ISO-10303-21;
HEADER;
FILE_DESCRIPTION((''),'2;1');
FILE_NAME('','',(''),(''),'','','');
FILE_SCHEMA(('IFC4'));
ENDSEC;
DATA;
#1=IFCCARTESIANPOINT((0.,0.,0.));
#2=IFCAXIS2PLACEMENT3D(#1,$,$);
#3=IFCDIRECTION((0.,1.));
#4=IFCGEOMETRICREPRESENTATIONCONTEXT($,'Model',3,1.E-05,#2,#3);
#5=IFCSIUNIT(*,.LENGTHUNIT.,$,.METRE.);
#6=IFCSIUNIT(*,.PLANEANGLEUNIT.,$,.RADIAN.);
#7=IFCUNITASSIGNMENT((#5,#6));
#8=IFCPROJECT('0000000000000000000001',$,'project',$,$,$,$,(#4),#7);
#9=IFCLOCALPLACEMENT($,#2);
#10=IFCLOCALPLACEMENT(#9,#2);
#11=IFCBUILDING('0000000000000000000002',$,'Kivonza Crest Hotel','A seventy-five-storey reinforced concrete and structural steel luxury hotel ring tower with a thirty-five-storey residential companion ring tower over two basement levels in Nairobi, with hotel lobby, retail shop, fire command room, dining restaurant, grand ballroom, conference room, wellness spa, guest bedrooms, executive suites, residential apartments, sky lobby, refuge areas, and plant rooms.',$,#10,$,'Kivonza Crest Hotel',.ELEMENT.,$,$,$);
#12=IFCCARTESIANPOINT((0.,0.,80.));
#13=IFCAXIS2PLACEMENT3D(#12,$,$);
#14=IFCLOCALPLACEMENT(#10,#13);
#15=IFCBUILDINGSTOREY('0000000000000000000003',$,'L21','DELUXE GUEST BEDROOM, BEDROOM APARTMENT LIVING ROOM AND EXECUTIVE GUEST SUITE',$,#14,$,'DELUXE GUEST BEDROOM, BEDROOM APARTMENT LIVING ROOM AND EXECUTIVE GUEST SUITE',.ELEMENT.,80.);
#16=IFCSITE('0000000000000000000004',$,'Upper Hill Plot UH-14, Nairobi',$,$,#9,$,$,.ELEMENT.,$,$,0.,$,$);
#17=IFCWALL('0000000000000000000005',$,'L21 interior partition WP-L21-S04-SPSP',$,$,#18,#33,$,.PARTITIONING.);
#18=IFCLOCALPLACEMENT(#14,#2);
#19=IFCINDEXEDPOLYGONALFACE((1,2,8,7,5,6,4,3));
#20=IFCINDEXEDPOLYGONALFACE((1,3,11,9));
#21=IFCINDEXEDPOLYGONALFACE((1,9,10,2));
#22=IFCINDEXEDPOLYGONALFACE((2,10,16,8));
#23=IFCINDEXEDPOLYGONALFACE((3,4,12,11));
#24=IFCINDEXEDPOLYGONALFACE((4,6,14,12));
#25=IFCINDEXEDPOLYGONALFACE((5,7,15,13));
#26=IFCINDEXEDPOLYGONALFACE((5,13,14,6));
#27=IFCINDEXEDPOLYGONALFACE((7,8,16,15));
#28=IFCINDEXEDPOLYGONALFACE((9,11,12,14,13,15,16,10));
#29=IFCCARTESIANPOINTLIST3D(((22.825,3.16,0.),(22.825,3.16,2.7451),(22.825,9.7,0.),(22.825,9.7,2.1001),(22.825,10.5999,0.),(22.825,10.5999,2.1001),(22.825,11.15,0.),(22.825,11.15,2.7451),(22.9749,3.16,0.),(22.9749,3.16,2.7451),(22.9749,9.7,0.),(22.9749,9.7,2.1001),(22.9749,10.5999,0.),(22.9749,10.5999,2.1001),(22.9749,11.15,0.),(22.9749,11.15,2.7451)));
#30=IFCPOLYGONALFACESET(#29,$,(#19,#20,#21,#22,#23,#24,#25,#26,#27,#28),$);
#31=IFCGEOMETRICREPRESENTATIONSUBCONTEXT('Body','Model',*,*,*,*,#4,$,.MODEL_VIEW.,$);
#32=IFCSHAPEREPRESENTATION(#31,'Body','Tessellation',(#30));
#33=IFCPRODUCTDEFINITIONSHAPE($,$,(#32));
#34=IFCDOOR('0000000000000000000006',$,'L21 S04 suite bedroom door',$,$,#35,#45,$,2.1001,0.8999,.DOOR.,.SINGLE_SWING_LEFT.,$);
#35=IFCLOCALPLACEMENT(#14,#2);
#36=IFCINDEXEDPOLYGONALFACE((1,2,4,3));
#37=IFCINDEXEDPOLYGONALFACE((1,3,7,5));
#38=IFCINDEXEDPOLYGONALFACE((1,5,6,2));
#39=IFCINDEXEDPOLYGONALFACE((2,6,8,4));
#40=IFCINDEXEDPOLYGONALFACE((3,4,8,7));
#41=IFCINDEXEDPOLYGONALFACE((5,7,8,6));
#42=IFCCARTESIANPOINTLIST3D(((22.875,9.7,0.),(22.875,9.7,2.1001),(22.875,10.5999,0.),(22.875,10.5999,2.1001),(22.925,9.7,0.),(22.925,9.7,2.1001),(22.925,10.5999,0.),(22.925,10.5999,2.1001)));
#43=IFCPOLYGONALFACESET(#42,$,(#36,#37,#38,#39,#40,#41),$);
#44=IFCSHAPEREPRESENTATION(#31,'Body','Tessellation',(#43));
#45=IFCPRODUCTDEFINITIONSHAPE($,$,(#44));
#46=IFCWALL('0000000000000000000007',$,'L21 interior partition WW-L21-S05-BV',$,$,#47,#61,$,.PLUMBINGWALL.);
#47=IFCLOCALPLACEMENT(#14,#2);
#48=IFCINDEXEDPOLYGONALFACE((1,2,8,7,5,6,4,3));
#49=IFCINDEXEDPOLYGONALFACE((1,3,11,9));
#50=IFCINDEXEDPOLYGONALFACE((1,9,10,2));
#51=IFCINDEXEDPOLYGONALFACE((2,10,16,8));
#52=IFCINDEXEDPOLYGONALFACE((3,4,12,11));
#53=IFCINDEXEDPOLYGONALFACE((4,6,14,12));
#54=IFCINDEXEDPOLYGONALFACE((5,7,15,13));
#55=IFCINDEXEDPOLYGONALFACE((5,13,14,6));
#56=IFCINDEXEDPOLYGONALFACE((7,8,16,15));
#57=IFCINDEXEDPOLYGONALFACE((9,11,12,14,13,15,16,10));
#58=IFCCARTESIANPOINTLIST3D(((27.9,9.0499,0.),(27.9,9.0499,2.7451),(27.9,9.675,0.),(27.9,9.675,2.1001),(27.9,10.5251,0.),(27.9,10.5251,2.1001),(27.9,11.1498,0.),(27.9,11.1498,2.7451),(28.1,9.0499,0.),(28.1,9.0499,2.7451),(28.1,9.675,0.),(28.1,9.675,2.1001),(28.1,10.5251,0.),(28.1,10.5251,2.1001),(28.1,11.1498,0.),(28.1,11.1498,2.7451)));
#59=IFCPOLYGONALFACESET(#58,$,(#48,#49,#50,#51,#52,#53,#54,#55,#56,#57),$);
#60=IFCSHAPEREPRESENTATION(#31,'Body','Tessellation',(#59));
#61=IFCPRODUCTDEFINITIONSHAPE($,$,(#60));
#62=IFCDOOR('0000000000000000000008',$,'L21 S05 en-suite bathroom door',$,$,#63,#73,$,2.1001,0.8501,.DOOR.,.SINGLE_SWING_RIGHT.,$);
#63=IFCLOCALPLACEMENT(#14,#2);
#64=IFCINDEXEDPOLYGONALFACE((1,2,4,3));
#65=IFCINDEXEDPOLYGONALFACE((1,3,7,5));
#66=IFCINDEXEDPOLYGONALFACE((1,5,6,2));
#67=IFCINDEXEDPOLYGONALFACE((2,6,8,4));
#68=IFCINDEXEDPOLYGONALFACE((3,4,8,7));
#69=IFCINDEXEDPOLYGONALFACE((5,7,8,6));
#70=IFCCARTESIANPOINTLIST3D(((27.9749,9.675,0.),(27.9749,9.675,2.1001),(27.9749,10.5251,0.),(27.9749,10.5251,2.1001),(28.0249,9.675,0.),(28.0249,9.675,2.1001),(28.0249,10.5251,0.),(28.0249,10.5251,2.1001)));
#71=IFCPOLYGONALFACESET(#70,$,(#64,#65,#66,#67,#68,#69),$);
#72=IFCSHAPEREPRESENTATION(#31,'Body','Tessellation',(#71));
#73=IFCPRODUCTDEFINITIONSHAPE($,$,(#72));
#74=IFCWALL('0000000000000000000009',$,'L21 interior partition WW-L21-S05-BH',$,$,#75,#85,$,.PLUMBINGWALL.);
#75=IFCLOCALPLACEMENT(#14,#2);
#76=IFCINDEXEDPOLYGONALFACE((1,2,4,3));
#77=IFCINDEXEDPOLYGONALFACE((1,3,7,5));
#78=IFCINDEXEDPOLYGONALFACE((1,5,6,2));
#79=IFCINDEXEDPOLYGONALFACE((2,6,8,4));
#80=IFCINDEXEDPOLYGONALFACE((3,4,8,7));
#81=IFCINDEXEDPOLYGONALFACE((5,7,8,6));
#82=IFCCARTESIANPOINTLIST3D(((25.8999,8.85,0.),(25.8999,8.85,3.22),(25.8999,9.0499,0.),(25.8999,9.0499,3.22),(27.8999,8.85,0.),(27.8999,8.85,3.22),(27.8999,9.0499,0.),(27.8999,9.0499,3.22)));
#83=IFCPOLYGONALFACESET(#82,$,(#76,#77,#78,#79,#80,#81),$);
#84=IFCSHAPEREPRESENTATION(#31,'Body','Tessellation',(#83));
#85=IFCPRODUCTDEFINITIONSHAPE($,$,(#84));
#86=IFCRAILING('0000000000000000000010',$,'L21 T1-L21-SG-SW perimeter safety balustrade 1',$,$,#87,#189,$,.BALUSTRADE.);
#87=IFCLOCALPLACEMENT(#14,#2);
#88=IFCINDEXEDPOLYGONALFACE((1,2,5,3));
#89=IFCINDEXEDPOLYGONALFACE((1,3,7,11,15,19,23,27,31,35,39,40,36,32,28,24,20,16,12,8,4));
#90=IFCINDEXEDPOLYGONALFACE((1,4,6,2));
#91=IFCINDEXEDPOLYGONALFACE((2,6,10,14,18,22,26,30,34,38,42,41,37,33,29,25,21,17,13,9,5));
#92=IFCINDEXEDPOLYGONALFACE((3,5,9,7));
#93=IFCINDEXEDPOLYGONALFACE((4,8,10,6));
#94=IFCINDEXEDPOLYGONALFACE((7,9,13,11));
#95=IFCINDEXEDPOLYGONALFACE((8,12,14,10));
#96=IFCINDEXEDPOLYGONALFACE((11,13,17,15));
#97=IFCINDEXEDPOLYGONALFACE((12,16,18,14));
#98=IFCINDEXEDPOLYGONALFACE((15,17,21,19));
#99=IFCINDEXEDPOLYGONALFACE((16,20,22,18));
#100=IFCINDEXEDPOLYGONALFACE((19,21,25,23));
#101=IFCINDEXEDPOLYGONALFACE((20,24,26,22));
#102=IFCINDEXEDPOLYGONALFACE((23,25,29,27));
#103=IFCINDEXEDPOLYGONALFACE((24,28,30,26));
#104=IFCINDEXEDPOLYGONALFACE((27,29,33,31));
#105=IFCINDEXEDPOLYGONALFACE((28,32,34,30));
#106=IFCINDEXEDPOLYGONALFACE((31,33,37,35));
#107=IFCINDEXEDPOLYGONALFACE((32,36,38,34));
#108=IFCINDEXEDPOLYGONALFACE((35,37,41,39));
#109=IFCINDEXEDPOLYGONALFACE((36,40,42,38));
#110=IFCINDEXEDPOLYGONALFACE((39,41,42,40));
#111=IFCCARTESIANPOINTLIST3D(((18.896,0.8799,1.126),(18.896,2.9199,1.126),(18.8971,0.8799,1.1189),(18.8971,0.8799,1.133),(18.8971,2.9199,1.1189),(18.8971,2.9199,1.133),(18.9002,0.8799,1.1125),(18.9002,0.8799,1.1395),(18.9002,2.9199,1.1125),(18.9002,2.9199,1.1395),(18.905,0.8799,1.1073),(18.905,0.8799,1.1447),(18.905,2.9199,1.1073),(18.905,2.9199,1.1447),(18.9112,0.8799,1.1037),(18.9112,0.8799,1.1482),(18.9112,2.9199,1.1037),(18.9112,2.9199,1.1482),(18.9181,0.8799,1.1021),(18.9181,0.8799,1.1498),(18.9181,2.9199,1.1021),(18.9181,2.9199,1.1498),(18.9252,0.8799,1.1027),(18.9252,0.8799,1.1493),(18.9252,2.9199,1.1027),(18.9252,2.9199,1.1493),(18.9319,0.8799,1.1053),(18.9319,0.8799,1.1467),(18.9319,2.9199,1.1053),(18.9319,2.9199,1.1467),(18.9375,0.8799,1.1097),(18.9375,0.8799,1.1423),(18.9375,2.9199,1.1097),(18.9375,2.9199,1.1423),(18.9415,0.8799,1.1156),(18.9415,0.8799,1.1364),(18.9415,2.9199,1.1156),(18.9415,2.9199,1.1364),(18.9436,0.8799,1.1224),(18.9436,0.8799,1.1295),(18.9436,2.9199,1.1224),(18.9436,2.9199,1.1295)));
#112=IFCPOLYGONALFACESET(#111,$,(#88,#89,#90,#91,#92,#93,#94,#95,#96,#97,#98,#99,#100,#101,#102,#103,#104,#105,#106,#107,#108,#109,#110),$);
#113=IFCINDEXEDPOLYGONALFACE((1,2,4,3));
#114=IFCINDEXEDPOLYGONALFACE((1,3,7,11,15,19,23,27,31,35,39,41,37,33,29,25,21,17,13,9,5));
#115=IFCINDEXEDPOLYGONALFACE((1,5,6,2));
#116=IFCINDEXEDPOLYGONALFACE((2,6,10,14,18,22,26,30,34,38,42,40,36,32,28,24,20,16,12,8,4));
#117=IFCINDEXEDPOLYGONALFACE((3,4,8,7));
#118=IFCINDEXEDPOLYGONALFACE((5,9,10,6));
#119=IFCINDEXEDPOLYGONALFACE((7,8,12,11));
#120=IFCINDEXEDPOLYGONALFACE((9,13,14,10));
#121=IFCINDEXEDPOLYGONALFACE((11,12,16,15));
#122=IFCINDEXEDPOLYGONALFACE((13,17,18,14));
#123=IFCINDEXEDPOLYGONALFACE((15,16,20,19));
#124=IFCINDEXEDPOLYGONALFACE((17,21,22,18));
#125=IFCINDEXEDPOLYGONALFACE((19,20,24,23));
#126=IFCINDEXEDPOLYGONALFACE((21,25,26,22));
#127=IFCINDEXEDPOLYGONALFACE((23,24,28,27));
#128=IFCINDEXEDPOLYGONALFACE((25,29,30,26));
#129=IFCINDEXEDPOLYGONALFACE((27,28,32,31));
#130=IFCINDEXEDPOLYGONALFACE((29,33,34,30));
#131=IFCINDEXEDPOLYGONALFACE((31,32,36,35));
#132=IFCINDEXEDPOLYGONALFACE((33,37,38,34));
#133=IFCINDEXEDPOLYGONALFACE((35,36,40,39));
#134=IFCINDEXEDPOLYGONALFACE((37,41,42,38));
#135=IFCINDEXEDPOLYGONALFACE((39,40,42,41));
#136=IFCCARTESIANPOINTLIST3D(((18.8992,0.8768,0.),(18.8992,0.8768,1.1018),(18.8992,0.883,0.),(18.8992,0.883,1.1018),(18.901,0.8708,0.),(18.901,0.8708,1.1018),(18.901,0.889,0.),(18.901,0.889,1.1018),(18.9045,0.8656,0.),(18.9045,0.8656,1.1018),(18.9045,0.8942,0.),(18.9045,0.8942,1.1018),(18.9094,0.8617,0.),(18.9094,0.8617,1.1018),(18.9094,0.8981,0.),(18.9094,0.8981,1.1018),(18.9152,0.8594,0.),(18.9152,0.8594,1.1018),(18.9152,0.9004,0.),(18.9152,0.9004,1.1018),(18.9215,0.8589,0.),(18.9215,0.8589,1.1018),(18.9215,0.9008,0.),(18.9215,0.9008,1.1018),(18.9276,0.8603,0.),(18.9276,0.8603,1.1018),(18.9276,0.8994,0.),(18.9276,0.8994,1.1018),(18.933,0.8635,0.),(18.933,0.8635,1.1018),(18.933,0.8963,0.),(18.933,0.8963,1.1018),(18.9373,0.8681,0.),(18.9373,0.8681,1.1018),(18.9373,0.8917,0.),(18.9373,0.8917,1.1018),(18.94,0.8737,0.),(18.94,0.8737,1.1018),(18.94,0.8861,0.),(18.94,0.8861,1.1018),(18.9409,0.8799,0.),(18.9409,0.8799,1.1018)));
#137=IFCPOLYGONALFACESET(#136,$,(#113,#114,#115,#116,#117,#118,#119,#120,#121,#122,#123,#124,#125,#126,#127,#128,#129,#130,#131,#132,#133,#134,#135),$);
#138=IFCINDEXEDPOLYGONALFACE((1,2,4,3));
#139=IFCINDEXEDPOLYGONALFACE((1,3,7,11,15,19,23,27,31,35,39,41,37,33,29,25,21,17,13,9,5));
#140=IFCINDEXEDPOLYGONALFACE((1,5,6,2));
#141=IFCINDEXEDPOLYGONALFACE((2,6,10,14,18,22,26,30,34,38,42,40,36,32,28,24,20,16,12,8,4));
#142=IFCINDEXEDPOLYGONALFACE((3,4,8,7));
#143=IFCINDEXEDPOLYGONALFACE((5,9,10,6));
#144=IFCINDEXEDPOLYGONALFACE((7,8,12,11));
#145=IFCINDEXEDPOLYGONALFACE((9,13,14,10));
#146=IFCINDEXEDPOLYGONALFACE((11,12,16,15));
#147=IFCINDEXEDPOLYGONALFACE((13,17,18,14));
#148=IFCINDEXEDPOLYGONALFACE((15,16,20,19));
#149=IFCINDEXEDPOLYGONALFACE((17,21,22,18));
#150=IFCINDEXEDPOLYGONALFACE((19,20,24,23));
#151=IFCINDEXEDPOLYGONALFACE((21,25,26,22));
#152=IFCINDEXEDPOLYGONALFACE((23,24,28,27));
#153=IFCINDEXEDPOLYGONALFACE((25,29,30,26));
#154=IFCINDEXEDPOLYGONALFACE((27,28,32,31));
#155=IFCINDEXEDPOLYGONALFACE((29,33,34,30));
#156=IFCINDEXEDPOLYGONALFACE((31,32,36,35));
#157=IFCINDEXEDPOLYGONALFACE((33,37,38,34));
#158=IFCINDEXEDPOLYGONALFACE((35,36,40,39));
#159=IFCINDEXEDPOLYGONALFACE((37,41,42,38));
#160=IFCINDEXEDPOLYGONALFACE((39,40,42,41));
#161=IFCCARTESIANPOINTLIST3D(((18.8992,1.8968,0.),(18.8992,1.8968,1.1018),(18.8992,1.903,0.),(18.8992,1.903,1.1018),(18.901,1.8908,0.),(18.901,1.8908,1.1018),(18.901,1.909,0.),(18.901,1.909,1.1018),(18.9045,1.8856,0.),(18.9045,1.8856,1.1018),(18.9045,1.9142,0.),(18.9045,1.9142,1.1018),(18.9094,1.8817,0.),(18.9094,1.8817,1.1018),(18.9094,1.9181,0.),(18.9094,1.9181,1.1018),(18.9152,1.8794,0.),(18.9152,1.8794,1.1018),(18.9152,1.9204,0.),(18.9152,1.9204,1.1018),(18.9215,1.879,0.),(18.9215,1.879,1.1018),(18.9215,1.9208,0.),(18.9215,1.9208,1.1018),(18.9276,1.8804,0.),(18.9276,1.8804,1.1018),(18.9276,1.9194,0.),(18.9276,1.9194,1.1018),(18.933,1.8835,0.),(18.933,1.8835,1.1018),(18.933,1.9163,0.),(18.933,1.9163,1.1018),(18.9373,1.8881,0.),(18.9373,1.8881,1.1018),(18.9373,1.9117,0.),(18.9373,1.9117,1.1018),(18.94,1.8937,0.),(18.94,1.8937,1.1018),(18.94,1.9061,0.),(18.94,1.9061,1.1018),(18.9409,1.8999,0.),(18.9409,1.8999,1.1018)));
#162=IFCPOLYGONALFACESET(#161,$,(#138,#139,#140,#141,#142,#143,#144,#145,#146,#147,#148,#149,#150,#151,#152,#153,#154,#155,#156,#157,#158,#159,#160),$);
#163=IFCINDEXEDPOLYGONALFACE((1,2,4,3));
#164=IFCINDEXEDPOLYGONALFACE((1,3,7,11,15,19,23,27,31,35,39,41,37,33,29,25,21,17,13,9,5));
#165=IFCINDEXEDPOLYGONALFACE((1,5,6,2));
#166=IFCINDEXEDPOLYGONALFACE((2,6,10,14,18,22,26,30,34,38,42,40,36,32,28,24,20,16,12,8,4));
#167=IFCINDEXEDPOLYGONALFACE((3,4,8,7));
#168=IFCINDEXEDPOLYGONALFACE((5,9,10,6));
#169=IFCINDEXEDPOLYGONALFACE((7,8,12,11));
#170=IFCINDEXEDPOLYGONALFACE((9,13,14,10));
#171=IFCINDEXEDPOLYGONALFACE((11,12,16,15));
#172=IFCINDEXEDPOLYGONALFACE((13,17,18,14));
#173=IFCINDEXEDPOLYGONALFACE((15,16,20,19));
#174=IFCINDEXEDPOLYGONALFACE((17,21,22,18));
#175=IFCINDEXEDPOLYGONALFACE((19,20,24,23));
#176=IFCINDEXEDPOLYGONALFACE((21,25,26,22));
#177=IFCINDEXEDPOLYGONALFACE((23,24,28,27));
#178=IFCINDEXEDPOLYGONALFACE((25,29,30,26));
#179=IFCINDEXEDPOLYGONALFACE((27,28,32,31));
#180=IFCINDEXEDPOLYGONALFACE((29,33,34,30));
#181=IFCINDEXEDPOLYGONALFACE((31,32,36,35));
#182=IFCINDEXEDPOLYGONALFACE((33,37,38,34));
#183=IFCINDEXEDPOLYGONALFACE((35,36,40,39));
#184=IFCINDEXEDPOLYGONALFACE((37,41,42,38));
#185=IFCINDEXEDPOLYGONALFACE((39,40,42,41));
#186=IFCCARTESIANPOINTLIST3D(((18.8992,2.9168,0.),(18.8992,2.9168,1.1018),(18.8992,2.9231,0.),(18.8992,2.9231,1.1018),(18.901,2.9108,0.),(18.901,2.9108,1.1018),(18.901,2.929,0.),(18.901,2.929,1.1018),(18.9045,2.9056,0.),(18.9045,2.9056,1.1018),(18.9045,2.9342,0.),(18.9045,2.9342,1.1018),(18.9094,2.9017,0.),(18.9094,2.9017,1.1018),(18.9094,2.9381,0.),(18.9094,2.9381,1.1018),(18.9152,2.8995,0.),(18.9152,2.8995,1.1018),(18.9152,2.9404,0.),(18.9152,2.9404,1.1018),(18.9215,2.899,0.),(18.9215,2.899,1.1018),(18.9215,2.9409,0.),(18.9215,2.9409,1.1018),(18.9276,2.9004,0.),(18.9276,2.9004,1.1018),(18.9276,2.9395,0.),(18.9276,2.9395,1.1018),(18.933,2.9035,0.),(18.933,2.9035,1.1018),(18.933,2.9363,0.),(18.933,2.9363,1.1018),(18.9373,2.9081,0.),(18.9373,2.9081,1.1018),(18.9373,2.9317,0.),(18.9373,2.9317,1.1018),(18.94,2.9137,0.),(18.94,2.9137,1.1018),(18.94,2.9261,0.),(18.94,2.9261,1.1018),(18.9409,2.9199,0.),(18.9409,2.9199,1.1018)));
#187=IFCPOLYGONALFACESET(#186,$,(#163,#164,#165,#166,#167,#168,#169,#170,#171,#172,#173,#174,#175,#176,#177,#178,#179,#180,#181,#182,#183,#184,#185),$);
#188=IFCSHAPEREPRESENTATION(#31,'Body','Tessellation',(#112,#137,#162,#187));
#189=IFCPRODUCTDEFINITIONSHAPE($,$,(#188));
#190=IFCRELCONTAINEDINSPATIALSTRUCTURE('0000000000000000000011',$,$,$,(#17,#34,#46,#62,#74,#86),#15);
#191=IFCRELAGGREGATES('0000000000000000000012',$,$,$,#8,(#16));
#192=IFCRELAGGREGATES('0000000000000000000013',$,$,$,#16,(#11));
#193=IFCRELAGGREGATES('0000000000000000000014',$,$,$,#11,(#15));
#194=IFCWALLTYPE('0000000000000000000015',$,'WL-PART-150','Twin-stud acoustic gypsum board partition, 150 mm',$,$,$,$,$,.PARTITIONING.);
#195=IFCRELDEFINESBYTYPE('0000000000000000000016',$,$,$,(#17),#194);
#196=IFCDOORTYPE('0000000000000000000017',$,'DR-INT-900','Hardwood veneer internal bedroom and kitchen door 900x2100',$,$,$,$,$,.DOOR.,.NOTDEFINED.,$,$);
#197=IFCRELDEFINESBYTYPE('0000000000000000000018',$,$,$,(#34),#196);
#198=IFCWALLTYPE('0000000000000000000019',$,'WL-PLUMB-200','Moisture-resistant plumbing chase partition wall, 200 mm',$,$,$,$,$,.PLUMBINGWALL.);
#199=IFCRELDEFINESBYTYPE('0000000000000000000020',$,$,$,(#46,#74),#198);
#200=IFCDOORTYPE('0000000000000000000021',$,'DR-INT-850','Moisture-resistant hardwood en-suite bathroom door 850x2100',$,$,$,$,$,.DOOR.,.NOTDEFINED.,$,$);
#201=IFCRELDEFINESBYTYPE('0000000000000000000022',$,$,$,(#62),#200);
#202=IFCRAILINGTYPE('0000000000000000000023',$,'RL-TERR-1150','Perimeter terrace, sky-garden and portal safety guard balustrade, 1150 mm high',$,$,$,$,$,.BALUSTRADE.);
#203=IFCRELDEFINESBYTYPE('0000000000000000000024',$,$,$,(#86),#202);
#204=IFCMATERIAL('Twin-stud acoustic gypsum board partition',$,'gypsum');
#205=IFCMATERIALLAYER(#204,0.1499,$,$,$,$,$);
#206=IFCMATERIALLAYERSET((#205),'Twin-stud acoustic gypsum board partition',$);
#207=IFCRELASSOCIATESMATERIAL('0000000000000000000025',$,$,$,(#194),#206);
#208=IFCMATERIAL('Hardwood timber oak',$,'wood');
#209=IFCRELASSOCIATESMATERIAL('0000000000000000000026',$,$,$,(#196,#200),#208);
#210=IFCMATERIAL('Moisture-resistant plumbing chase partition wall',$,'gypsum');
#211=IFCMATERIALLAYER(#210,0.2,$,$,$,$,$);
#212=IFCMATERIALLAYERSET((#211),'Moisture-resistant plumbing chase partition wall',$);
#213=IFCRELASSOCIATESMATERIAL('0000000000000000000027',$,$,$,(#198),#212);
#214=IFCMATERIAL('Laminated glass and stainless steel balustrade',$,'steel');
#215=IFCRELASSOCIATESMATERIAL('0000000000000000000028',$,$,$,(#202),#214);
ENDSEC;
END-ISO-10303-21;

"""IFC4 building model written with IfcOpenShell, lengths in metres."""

from ifc_helpers import new_model, si_unit, direction, frame, frame_2d, origin, origin_2d, place, context, subcontext, project, spatial, rectangle, circle, extrude, material, layer, layer_set, type_object, element, fill, save


model = new_model("IFC4")

# Units and contexts
model_context = context("Model", 3, precision=1e-05, world=origin(), true_north=direction((0.0, 1.0)))
body_context = subcontext(model_context, "Body", "Model", "MODEL_VIEW")
ifc_project = project(units=[si_unit("LENGTHUNIT", "METRE"), si_unit("PLANEANGLEUNIT", "RADIAN")], contexts=[model_context])

# Site, building, storey
site_placement = place(None, origin())
site = spatial("IfcSite", under=ifc_project, at=site_placement, Name="Upper Hill Plot UH-14, Nairobi", CompositionType="ELEMENT", RefElevation=0.0)
building_placement = place(site_placement, origin())
building = spatial("IfcBuilding", under=site, at=building_placement, Name="Kivonza Crest Hotel", Description="A seventy-five-storey reinforced concrete and structural steel luxury hotel ring tower with a thirty-five-storey residential companion ring tower over two basement levels in Nairobi, with hotel lobby, retail shop, fire command room, dining restaurant, grand ballroom, conference room, wellness spa, guest bedrooms, executive suites, residential apartments, sky lobby, refuge areas, and plant rooms.", LongName="Kivonza Crest Hotel", CompositionType="ELEMENT")
storey_placement = place(building_placement, frame((0.0, 0.0, 80.0)))
storey = spatial("IfcBuildingStorey", under=building, at=storey_placement, Name="L21", Description="DELUXE GUEST BEDROOM, BEDROOM APARTMENT LIVING ROOM AND EXECUTIVE GUEST SUITE", LongName="DELUXE GUEST BEDROOM, BEDROOM APARTMENT LIVING ROOM AND EXECUTIVE GUEST SUITE", CompositionType="ELEMENT", Elevation=80.0)

# Walls, openings, doors
ifc_material_1 = material(Name="Twin-stud acoustic gypsum board partition", Category="gypsum")
ifc_layer_1 = layer(ifc_material_1, 0.1499)
ifc_layer_set_1 = layer_set([ifc_layer_1], Name="Twin-stud acoustic gypsum board partition")
wall_type_1 = type_object("IfcWallType", Name="WL-PART-150", Description="Twin-stud acoustic gypsum board partition, 150 mm", PredefinedType="PARTITIONING", material=ifc_layer_set_1)
wall_1_placement = place(storey_placement, frame((22.8999, 3.1599, 0.0), z_axis=(0.0, 0.0, 1.0), x_axis=(0.0, 1.0, 0.0)))
wall_1 = element("IfcWall", 1, at=wall_1_placement, inside=storey, type_object=wall_type_1, Name="L21 interior partition WP-L21-S04-SPSP", PredefinedType="PARTITIONING", context=body_context, shape_type="SweptSolid", body=[
    extrude(rectangle(XDim=7.99, YDim=0.1499, at=frame_2d((3.9951, 0.0))), origin(), (0.0, 0.0, 1.0), 2.7451),
])
opening_1_placement = place(wall_1_placement, frame((6.54, 0.0, 0.0)))
opening_1 = element("IfcOpeningElement", 2, at=opening_1_placement, cuts=wall_1, PredefinedType="OPENING", context=body_context, shape_type="SweptSolid", body=[
    extrude(rectangle(XDim=0.8999, YDim=2.1001, at=frame_2d((0.45, 1.05))), frame((0.0, 0.085, 0.0), z_axis=(0.0, -1.0, 0.0), x_axis=(1.0, 0.0, 0.0)), (0.0, 0.0, 1.0), 0.1699),
])
ifc_material_2 = material(Name="Hardwood timber oak", Category="wood")
door_type_1 = type_object("IfcDoorType", Name="DR-INT-900", Description="Hardwood veneer internal bedroom and kitchen door 900x2100", OperationType="NOTDEFINED", PredefinedType="DOOR", material=ifc_material_2)
door_1_placement = place(opening_1_placement, origin())
door_1 = element("IfcDoor", 3, at=door_1_placement, inside=storey, type_object=door_type_1, Name="L21 S04 suite bedroom door", OperationType="SINGLE_SWING_LEFT", OverallHeight=2.1001, OverallWidth=0.8999, PredefinedType="DOOR", context=body_context, shape_type="SweptSolid", body=[
    extrude(rectangle(XDim=0.8999, YDim=2.1001, at=frame_2d((0.45, 1.05))), frame((0.0, 0.0249, 0.0), z_axis=(0.0, -1.0, 0.0), x_axis=(1.0, 0.0, 0.0)), (0.0, 0.0, 1.0), 0.05),
])
fill(opening_1, door_1)
ifc_material_3 = material(Name="Moisture-resistant plumbing chase partition wall", Category="gypsum")
ifc_layer_2 = layer(ifc_material_3, 0.2)
ifc_layer_set_2 = layer_set([ifc_layer_2], Name="Moisture-resistant plumbing chase partition wall")
wall_type_2 = type_object("IfcWallType", Name="WL-PLUMB-200", Description="Moisture-resistant plumbing chase partition wall, 200 mm", PredefinedType="PLUMBINGWALL", material=ifc_layer_set_2)
wall_2_placement = place(storey_placement, frame((28.0, 9.05, 0.0), z_axis=(0.0, 0.0, 1.0), x_axis=(0.0, 1.0, 0.0)))
wall_2 = element("IfcWall", 4, at=wall_2_placement, inside=storey, type_object=wall_type_2, Name="L21 interior partition WW-L21-S05-BV", PredefinedType="PLUMBINGWALL", context=body_context, shape_type="SweptSolid", body=[
    extrude(rectangle(XDim=2.0999, YDim=0.2, at=frame_2d((1.0498, 0.0))), origin(), (0.0, 0.0, 1.0), 2.7451),
])
opening_2_placement = place(wall_2_placement, frame((0.625, 0.0, 0.0)))
opening_2 = element("IfcOpeningElement", 5, at=opening_2_placement, cuts=wall_2, PredefinedType="OPENING", context=body_context, shape_type="SweptSolid", body=[
    extrude(rectangle(XDim=0.8501, YDim=2.1001, at=frame_2d((0.425, 1.05))), frame((0.0, 0.1099, 0.0), z_axis=(0.0, -1.0, 0.0), x_axis=(1.0, 0.0, 0.0)), (0.0, 0.0, 1.0), 0.22),
])
door_type_2 = type_object("IfcDoorType", Name="DR-INT-850", Description="Moisture-resistant hardwood en-suite bathroom door 850x2100", OperationType="NOTDEFINED", PredefinedType="DOOR", material=ifc_material_2)
door_2_placement = place(opening_2_placement, frame((0.8501, 0.0, 0.0), z_axis=(0.0, 0.0, 1.0), x_axis=(-1.0, 0.0, 0.0)))
door_2 = element("IfcDoor", 6, at=door_2_placement, inside=storey, type_object=door_type_2, Name="L21 S05 en-suite bathroom door", OperationType="SINGLE_SWING_RIGHT", OverallHeight=2.1001, OverallWidth=0.8501, PredefinedType="DOOR", context=body_context, shape_type="SweptSolid", body=[
    extrude(rectangle(XDim=0.8501, YDim=2.1001, at=frame_2d((0.425, 1.05))), frame((0.0, 0.0249, 0.0), z_axis=(0.0, -1.0, 0.0), x_axis=(1.0, 0.0, 0.0)), (0.0, 0.0, 1.0), 0.05),
])
fill(opening_2, door_2)

# Wall
wall_3_placement = place(storey_placement, frame((25.8999, 8.95, 0.0), z_axis=(0.0, 0.0, 1.0), x_axis=(1.0, 0.0, 0.0)))
element("IfcWall", 7, at=wall_3_placement, inside=storey, type_object=wall_type_2, Name="L21 interior partition WW-L21-S05-BH", PredefinedType="PLUMBINGWALL", context=body_context, shape_type="SweptSolid", body=[
    extrude(rectangle(XDim=2.0, YDim=0.2, at=frame_2d((1.0, 0.0))), origin(), (0.0, 0.0, 1.0), 3.22),
])

# Railing
ifc_material_4 = material(Name="Laminated glass and stainless steel balustrade", Category="steel")
railing_type = type_object("IfcRailingType", Name="RL-TERR-1150", Description="Perimeter terrace, sky-garden and portal safety guard balustrade, 1150 mm high", PredefinedType="BALUSTRADE", material=ifc_material_4)
railing_1_placement = place(storey_placement, frame((18.9199, 0.8799, 0.0)))
element("IfcRailing", 8, at=railing_1_placement, inside=storey, type_object=railing_type, Name="L21 T1-L21-SG-SW perimeter safety balustrade 1", PredefinedType="BALUSTRADE", context=body_context, shape_type="SweptSolid", body=[
    extrude(circle(Radius=0.0239, at=origin_2d()), frame((0.0, 0.0, 1.126), z_axis=(0.0, 1.0, 0.0), x_axis=(-1.0, 0.0, 0.0)), (0.0, 0.0, 1.0), 2.04),
    extrude(circle(Radius=0.021, at=origin_2d()), origin(), (0.0, 0.0, 1.0), 1.1018),
    extrude(circle(Radius=0.021, at=origin_2d()), frame((0.0, 1.02, 0.0)), (0.0, 0.0, 1.0), 1.1018),
    extrude(circle(Radius=0.021, at=origin_2d()), frame((0.0, 2.04, 0.0)), (0.0, 0.0, 1.0), 1.1018),
])

save(model, "model.ifc")
